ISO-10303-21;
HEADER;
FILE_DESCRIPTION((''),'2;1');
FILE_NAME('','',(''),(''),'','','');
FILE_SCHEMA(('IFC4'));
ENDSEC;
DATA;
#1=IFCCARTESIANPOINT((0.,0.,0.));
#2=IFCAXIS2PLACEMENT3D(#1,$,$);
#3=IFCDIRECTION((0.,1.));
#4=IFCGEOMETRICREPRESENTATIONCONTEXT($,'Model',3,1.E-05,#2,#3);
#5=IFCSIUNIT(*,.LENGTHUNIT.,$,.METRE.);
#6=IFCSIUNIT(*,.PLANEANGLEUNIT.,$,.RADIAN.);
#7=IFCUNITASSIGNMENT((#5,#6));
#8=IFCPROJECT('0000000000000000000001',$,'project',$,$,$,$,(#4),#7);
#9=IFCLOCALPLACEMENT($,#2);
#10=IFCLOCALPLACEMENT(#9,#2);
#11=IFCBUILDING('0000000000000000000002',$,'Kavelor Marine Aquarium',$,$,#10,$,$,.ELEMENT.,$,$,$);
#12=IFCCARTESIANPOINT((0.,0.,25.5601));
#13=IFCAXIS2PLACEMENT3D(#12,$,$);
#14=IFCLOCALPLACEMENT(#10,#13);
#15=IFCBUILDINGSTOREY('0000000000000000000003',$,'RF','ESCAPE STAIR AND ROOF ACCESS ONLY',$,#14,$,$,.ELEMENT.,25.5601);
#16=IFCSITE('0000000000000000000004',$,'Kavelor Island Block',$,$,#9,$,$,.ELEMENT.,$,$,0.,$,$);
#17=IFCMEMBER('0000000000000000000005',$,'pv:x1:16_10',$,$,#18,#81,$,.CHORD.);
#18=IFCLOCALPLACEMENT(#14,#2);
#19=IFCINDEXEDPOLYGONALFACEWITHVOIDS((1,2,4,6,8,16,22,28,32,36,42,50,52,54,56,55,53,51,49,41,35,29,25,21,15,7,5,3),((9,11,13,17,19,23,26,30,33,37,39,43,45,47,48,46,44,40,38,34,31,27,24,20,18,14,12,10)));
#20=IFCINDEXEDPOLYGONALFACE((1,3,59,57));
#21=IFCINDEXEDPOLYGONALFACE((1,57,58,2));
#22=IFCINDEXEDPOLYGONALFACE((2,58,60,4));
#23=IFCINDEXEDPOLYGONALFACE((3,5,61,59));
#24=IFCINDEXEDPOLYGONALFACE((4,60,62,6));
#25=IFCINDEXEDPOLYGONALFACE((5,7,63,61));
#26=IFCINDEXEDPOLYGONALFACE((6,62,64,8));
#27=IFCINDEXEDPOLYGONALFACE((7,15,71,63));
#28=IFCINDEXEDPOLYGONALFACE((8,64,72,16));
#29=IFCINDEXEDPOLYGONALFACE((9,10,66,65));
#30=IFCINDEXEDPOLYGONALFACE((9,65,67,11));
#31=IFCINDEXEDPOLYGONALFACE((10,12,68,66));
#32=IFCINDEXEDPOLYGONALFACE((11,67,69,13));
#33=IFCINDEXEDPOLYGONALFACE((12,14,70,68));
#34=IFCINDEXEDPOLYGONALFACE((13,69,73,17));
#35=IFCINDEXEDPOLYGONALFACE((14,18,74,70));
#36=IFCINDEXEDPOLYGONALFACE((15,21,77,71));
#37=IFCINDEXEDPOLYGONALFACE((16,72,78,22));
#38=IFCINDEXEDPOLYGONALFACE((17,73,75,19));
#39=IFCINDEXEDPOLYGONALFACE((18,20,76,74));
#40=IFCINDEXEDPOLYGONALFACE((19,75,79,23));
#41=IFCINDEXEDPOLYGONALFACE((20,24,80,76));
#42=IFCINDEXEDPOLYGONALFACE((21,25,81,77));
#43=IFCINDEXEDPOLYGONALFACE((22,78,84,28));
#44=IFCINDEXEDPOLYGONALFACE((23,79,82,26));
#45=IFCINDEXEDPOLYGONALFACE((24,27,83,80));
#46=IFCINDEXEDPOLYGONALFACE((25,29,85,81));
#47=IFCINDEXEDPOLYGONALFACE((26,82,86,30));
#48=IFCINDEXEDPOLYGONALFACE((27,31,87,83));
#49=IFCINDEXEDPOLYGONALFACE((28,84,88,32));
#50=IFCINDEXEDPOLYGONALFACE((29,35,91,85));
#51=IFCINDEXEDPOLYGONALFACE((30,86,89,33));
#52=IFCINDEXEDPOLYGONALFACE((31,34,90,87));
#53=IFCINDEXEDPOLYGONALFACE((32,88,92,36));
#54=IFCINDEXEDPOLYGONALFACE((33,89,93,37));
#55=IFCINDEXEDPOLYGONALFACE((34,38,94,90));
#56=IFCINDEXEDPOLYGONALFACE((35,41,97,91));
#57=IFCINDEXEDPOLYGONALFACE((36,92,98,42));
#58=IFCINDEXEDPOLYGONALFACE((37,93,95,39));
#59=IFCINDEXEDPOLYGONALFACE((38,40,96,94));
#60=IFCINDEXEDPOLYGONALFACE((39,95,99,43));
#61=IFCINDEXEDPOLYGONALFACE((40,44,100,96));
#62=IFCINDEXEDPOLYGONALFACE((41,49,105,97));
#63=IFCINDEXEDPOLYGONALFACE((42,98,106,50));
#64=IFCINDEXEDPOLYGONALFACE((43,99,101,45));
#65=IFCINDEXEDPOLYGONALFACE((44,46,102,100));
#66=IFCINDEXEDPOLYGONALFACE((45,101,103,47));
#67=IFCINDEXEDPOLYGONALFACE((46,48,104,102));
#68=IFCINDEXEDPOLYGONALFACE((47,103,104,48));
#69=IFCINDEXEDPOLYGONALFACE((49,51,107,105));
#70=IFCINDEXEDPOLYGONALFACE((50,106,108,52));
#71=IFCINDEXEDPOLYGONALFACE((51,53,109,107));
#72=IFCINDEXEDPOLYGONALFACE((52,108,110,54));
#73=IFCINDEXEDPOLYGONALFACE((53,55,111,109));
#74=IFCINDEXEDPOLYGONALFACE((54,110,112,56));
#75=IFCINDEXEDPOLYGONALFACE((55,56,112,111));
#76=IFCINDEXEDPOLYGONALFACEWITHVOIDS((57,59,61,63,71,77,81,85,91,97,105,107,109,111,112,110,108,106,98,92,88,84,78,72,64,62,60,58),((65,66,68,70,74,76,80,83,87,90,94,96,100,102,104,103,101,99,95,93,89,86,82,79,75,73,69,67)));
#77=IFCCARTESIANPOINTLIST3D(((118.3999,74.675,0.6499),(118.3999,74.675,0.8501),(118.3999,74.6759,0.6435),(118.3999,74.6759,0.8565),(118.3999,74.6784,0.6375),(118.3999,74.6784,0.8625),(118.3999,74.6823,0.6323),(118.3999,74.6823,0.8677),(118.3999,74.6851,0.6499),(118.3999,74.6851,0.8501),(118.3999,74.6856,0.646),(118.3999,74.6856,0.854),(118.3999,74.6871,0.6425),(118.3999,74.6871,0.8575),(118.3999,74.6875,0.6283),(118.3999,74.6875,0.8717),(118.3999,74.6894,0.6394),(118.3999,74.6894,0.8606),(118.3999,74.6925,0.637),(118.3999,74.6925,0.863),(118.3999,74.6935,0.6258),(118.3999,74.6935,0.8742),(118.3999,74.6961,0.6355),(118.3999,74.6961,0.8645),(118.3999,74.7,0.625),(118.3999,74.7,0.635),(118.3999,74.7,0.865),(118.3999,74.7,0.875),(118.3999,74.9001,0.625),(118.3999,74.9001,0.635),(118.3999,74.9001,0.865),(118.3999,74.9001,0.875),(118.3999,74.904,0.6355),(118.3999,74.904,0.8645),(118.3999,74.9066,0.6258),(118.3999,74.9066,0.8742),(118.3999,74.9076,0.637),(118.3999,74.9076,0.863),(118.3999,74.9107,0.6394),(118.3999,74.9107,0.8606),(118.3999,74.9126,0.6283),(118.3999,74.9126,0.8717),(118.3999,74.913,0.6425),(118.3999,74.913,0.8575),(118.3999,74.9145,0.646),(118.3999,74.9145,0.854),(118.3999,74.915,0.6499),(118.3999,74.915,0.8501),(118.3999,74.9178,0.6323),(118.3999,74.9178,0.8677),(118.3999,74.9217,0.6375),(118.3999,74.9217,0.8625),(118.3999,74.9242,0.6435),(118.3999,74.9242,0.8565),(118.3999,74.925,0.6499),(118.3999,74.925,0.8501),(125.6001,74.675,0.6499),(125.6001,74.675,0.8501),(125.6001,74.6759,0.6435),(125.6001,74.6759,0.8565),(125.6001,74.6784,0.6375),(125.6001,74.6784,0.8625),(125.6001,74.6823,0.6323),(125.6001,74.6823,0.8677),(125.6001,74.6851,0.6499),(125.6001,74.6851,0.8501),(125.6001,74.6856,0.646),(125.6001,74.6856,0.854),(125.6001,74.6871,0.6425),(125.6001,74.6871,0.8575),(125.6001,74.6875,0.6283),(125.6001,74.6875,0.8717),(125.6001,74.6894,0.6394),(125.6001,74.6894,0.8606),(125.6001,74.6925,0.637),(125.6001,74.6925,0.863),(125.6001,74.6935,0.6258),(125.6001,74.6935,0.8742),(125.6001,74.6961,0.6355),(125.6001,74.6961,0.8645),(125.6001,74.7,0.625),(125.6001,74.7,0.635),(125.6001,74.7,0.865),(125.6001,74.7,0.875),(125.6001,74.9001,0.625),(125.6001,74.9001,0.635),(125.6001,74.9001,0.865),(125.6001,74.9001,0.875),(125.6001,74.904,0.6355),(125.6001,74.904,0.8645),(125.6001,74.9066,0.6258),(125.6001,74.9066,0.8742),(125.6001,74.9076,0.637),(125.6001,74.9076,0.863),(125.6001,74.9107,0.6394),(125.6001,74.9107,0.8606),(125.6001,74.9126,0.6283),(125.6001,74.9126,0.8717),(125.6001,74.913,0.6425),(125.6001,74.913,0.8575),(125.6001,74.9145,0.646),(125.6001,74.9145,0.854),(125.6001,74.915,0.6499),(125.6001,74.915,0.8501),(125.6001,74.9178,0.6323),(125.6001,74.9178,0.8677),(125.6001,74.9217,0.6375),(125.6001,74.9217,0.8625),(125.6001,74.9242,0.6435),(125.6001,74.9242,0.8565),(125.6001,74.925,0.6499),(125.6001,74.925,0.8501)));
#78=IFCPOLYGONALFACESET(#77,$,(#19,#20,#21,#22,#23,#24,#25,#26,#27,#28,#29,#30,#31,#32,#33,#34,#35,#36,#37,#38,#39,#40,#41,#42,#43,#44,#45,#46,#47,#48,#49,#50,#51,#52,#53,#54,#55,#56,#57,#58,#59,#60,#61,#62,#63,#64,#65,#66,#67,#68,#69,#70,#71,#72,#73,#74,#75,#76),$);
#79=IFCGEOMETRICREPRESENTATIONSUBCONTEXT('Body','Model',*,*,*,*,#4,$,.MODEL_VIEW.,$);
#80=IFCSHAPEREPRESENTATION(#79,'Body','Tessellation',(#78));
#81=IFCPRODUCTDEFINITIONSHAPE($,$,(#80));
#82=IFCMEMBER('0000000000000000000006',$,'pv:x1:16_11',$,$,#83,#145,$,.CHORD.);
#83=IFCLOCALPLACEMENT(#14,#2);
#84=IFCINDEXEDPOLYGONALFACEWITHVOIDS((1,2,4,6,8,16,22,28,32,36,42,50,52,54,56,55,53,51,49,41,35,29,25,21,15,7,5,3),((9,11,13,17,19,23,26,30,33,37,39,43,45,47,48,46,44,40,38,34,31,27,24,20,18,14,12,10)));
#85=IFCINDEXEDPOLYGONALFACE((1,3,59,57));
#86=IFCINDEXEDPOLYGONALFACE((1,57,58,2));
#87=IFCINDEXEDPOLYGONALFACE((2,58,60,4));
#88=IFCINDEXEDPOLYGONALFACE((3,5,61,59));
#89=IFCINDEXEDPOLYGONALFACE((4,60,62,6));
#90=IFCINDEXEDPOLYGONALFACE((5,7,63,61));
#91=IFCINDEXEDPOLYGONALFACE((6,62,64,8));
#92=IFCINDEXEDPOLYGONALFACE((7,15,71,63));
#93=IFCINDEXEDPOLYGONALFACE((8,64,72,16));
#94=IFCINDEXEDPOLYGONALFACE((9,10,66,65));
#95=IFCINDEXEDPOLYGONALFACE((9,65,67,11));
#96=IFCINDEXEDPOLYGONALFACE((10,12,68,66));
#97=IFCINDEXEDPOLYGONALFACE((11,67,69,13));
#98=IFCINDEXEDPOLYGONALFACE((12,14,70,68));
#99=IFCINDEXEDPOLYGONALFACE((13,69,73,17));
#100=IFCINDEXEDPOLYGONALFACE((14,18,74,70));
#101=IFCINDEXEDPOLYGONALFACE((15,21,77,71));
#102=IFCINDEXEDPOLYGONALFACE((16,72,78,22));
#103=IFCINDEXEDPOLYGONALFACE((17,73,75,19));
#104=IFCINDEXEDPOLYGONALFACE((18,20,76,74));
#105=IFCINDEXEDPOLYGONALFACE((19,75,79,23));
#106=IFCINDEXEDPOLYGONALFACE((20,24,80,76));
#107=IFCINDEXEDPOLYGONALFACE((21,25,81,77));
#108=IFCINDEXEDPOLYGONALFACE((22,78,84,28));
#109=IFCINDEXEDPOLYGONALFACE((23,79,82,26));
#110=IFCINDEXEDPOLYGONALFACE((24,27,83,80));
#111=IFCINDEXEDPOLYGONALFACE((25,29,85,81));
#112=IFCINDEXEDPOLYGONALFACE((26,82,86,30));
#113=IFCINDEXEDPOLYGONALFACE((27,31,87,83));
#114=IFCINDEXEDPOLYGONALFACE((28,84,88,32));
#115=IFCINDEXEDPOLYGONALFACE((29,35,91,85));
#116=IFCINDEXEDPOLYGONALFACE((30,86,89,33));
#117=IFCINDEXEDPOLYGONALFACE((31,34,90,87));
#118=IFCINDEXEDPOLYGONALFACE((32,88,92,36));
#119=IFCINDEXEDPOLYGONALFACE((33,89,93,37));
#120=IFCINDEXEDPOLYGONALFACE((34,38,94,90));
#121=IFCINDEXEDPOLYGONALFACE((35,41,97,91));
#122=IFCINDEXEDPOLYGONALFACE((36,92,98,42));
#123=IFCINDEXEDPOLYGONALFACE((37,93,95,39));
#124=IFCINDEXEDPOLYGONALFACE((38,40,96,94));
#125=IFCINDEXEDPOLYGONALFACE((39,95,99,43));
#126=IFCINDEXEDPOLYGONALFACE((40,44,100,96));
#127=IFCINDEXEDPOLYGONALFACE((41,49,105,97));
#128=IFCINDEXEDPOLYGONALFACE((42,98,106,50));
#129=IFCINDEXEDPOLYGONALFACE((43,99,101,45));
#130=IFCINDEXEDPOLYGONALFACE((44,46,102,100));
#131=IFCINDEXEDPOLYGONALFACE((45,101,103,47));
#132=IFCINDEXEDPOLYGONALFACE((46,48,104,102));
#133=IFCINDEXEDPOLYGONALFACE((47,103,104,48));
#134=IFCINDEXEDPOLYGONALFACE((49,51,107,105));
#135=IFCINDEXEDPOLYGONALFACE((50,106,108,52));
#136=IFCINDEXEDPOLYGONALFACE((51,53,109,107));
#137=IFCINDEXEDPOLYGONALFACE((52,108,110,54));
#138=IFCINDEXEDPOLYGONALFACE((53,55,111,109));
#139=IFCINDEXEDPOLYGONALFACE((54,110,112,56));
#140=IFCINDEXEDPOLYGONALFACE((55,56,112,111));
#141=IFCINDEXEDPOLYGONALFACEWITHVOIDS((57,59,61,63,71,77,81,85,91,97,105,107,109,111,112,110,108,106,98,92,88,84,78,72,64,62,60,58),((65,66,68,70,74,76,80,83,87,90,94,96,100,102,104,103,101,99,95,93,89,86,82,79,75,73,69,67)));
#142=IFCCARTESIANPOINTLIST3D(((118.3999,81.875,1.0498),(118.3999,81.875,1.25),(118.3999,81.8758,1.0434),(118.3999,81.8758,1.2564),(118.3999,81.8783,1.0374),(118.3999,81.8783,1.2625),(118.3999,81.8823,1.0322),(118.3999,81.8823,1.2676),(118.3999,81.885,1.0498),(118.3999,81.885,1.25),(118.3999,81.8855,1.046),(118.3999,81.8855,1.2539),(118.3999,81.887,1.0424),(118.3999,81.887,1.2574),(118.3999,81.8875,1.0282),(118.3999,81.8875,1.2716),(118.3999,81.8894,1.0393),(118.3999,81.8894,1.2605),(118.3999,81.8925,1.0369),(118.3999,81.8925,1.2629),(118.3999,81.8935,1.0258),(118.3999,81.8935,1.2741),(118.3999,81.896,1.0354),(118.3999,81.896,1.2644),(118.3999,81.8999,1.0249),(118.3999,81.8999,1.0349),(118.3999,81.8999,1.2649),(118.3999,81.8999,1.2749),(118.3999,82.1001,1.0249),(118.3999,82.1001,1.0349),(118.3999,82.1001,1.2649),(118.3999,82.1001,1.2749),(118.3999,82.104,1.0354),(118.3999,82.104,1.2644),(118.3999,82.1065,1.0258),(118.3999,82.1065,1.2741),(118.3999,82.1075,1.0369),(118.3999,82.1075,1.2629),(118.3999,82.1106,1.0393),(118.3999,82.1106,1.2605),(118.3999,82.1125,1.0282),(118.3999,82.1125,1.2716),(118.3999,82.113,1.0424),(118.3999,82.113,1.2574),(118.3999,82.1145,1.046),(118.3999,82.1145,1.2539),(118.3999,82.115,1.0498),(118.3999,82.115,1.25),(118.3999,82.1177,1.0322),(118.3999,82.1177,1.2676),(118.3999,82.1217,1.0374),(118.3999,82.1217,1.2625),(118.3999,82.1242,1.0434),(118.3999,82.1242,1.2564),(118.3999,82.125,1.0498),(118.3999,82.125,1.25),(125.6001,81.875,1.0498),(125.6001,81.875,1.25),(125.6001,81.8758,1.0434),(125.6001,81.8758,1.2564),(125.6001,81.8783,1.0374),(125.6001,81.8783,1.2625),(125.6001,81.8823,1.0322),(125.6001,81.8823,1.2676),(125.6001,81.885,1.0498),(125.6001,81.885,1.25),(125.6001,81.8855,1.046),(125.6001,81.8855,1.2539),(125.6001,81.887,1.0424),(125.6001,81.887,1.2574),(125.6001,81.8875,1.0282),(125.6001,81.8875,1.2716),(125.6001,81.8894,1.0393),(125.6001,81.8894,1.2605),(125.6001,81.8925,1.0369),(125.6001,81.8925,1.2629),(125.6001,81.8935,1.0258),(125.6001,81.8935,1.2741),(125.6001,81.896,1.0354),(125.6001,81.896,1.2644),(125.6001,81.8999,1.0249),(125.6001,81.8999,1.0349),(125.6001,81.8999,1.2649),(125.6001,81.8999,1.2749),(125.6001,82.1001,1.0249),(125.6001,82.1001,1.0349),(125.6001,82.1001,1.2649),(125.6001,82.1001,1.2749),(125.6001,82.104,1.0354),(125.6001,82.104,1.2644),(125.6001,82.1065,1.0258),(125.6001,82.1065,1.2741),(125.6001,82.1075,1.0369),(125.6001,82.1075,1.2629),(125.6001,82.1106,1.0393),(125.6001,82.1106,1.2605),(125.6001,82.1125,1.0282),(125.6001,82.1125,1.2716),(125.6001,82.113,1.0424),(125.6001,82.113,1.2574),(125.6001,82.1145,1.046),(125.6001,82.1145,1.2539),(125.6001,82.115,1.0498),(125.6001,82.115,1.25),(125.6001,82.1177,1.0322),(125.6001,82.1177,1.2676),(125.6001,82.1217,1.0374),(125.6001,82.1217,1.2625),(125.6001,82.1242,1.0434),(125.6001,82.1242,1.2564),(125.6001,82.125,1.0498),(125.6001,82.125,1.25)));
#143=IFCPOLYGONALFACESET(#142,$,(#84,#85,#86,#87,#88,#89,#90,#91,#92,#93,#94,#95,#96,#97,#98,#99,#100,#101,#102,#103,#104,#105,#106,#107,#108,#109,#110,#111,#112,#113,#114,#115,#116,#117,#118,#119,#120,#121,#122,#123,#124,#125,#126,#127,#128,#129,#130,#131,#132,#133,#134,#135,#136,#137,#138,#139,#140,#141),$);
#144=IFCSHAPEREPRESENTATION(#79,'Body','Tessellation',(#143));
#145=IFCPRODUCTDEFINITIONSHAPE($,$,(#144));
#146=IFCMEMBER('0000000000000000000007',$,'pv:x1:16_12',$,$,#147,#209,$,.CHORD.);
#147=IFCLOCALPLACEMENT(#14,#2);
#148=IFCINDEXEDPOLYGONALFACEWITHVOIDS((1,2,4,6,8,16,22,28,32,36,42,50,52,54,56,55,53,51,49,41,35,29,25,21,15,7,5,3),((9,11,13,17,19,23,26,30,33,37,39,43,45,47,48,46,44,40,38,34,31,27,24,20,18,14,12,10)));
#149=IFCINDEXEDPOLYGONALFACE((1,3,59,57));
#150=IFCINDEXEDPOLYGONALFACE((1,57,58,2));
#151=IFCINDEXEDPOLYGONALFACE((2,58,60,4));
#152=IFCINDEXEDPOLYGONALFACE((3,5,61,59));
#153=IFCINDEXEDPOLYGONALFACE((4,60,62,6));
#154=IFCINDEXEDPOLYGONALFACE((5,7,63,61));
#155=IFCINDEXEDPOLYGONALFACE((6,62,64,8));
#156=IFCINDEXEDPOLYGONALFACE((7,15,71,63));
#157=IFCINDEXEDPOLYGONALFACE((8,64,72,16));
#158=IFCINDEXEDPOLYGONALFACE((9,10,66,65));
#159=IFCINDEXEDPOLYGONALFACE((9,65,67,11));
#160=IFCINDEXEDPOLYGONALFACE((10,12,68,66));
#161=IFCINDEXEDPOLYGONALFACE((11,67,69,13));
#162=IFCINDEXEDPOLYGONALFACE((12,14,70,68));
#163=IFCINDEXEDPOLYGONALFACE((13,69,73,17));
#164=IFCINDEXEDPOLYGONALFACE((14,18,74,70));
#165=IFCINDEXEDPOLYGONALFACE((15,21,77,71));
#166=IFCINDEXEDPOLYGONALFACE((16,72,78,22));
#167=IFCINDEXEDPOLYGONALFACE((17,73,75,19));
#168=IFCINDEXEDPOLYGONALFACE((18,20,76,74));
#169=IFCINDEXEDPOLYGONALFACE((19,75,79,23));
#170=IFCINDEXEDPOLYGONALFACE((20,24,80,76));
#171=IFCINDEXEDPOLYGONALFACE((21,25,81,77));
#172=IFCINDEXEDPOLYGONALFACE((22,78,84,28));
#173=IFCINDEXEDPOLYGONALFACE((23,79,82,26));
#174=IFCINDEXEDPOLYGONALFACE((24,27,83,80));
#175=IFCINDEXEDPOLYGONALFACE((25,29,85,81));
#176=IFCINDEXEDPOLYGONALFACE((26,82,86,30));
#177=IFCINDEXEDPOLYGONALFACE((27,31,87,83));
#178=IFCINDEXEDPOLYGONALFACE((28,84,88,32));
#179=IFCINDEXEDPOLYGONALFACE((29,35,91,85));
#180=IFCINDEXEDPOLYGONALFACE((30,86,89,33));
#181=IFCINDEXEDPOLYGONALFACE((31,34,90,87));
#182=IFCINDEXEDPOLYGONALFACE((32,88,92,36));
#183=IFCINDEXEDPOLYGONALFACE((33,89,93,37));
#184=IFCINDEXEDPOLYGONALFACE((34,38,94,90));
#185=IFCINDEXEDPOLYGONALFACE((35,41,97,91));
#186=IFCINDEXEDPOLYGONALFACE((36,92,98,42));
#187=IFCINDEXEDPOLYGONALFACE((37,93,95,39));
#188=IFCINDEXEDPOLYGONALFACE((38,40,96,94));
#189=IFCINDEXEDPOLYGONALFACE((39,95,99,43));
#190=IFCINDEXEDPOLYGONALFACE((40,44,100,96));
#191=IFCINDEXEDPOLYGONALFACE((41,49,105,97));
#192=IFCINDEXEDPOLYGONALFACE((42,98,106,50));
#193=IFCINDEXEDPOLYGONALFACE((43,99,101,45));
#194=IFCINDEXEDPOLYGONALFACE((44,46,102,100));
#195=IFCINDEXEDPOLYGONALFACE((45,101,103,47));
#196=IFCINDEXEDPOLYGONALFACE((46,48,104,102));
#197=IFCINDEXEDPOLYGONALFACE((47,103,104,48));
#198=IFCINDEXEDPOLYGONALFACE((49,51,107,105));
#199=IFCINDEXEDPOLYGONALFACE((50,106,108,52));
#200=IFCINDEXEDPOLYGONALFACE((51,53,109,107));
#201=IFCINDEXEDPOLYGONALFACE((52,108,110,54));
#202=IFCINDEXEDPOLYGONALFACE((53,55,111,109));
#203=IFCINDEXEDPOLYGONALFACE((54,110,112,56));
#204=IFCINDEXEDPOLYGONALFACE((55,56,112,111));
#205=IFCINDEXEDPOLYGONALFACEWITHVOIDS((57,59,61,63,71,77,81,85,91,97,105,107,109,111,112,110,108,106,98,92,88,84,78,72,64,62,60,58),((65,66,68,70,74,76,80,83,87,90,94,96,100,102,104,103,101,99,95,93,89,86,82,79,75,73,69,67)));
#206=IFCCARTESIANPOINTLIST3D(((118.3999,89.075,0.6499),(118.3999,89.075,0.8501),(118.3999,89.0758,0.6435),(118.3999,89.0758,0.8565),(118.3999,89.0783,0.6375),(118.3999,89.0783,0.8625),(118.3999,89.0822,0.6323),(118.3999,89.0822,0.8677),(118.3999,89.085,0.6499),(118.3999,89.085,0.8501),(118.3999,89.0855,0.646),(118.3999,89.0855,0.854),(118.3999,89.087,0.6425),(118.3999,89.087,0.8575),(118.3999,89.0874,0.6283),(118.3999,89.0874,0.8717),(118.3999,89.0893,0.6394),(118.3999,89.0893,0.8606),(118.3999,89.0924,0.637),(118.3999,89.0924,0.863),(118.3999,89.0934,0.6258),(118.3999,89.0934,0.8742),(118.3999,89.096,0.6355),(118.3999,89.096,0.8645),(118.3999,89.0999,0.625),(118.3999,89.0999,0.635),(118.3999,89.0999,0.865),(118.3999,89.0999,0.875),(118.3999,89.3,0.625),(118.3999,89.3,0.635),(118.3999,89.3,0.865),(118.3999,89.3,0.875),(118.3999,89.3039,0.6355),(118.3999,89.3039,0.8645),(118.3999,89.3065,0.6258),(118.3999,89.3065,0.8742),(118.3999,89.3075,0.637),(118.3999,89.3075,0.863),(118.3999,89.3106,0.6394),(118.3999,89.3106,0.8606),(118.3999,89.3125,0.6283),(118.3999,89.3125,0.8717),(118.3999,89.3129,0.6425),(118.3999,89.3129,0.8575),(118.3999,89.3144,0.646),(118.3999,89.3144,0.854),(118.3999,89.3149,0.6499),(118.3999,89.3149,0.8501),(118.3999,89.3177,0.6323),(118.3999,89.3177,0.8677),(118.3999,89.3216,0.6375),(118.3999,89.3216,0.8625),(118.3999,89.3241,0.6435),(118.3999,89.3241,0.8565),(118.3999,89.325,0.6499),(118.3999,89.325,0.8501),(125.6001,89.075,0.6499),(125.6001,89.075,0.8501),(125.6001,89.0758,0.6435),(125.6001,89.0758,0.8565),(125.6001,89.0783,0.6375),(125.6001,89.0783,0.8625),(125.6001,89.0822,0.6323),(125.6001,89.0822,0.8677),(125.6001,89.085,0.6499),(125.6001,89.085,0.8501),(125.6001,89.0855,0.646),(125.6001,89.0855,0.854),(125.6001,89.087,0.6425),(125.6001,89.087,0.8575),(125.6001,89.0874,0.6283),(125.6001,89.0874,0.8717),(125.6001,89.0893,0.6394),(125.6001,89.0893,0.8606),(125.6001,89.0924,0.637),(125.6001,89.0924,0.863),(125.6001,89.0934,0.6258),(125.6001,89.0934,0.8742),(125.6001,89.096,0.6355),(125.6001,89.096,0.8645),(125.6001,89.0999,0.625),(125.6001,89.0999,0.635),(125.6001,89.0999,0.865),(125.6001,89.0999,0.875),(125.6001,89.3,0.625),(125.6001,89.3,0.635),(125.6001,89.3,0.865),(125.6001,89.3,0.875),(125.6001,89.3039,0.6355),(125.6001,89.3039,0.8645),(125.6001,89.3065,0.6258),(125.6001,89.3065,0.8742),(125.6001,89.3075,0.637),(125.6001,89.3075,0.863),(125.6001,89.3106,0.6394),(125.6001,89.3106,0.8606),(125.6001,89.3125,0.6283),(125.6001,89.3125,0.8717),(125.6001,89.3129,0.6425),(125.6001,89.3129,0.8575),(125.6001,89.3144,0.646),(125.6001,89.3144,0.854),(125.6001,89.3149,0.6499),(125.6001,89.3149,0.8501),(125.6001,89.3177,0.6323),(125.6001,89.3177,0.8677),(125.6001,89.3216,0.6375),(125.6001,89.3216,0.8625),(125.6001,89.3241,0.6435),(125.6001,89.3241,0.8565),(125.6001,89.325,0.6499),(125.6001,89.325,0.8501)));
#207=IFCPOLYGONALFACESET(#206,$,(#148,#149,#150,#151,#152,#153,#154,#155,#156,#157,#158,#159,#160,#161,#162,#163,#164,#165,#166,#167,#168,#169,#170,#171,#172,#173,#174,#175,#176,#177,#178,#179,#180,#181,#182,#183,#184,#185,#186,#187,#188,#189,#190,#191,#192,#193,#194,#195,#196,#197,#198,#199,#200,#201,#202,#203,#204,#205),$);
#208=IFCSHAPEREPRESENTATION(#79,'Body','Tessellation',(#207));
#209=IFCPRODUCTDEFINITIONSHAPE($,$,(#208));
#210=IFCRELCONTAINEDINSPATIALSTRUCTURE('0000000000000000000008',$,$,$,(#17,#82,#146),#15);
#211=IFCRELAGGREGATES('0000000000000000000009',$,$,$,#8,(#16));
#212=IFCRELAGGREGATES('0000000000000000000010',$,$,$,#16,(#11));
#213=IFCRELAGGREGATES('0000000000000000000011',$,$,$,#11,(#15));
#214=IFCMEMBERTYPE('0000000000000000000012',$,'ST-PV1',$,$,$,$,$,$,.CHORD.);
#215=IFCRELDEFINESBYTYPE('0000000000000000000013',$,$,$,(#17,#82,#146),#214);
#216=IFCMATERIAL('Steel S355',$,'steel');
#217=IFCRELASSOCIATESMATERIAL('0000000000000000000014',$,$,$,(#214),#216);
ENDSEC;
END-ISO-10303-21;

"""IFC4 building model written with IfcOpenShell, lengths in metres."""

from ifc_helpers import new_model, si_unit, direction, frame, origin, origin_2d, place, context, subcontext, project, spatial, hollow_rectangle, extrude, material, material_profile, profile_set, type_object, element, save


model = new_model("IFC4")

# Units and contexts
model_context = context("Model", 3, precision=1e-05, world=origin(), true_north=direction((0.0, 1.0)))
body_context = subcontext(model_context, "Body", "Model", "MODEL_VIEW")
ifc_project = project(units=[si_unit("LENGTHUNIT", "METRE"), si_unit("PLANEANGLEUNIT", "RADIAN")], contexts=[model_context])

# Site, building, storey
site_placement = place(None, origin())
site = spatial("IfcSite", under=ifc_project, at=site_placement, Name="Kavelor Island Block", CompositionType="ELEMENT", RefElevation=0.0)
building_placement = place(site_placement, origin())
building = spatial("IfcBuilding", under=site, at=building_placement, Name="Kavelor Marine Aquarium", CompositionType="ELEMENT")
storey_placement = place(building_placement, frame((0.0, 0.0, 25.5601)))
storey = spatial("IfcBuildingStorey", under=building, at=storey_placement, Name="RF", Description="ESCAPE STAIR AND ROOF ACCESS ONLY", CompositionType="ELEMENT", Elevation=25.5601)

# Members
ifc_material_1 = material(Name="Steel S355", Category="steel")
ifc_material_profile_1 = material_profile(ifc_material_1, hollow_rectangle(XDim=0.25, YDim=0.25, WallThickness=0.01, InnerFilletRadius=0.0149, OuterFilletRadius=0.0249, at=origin_2d()), Name="SHS 250x250x10.0")
ifc_profile_set_1 = profile_set([ifc_material_profile_1], Name="Steel S355")
member_type_1 = type_object("IfcMemberType", Name="ST-PV1", PredefinedType="CHORD", material=ifc_profile_set_1)
for number, where, z_axis, x_axis, name in (
    (1, (118.3999, 74.8, 0.75), (1.0, 0.0, 0.0), (0.0, 1.0, 0.0), "pv:x1:16_10"),
    (2, (118.3999, 82.0, 1.1499), (1.0, 0.0, 0.0), (0.0, 1.0, 0.0), "pv:x1:16_11"),
    (3, (118.3999, 89.2, 0.75), (1.0, 0.0, 0.0), (0.0, 1.0, 0.0), "pv:x1:16_12"),
):
    element("IfcMember", number, at=place(storey_placement, frame(where, z_axis=z_axis, x_axis=x_axis)), inside=storey, type_object=member_type_1, Name=name, PredefinedType="CHORD", context=body_context, shape_type="SweptSolid", body=[
        extrude(hollow_rectangle(XDim=0.25, YDim=0.25, WallThickness=0.01, InnerFilletRadius=0.0149, OuterFilletRadius=0.0249, at=origin_2d()), origin(), (0.0, 0.0, 1.0), 7.2002),
    ])

save(model, "model.ifc")
